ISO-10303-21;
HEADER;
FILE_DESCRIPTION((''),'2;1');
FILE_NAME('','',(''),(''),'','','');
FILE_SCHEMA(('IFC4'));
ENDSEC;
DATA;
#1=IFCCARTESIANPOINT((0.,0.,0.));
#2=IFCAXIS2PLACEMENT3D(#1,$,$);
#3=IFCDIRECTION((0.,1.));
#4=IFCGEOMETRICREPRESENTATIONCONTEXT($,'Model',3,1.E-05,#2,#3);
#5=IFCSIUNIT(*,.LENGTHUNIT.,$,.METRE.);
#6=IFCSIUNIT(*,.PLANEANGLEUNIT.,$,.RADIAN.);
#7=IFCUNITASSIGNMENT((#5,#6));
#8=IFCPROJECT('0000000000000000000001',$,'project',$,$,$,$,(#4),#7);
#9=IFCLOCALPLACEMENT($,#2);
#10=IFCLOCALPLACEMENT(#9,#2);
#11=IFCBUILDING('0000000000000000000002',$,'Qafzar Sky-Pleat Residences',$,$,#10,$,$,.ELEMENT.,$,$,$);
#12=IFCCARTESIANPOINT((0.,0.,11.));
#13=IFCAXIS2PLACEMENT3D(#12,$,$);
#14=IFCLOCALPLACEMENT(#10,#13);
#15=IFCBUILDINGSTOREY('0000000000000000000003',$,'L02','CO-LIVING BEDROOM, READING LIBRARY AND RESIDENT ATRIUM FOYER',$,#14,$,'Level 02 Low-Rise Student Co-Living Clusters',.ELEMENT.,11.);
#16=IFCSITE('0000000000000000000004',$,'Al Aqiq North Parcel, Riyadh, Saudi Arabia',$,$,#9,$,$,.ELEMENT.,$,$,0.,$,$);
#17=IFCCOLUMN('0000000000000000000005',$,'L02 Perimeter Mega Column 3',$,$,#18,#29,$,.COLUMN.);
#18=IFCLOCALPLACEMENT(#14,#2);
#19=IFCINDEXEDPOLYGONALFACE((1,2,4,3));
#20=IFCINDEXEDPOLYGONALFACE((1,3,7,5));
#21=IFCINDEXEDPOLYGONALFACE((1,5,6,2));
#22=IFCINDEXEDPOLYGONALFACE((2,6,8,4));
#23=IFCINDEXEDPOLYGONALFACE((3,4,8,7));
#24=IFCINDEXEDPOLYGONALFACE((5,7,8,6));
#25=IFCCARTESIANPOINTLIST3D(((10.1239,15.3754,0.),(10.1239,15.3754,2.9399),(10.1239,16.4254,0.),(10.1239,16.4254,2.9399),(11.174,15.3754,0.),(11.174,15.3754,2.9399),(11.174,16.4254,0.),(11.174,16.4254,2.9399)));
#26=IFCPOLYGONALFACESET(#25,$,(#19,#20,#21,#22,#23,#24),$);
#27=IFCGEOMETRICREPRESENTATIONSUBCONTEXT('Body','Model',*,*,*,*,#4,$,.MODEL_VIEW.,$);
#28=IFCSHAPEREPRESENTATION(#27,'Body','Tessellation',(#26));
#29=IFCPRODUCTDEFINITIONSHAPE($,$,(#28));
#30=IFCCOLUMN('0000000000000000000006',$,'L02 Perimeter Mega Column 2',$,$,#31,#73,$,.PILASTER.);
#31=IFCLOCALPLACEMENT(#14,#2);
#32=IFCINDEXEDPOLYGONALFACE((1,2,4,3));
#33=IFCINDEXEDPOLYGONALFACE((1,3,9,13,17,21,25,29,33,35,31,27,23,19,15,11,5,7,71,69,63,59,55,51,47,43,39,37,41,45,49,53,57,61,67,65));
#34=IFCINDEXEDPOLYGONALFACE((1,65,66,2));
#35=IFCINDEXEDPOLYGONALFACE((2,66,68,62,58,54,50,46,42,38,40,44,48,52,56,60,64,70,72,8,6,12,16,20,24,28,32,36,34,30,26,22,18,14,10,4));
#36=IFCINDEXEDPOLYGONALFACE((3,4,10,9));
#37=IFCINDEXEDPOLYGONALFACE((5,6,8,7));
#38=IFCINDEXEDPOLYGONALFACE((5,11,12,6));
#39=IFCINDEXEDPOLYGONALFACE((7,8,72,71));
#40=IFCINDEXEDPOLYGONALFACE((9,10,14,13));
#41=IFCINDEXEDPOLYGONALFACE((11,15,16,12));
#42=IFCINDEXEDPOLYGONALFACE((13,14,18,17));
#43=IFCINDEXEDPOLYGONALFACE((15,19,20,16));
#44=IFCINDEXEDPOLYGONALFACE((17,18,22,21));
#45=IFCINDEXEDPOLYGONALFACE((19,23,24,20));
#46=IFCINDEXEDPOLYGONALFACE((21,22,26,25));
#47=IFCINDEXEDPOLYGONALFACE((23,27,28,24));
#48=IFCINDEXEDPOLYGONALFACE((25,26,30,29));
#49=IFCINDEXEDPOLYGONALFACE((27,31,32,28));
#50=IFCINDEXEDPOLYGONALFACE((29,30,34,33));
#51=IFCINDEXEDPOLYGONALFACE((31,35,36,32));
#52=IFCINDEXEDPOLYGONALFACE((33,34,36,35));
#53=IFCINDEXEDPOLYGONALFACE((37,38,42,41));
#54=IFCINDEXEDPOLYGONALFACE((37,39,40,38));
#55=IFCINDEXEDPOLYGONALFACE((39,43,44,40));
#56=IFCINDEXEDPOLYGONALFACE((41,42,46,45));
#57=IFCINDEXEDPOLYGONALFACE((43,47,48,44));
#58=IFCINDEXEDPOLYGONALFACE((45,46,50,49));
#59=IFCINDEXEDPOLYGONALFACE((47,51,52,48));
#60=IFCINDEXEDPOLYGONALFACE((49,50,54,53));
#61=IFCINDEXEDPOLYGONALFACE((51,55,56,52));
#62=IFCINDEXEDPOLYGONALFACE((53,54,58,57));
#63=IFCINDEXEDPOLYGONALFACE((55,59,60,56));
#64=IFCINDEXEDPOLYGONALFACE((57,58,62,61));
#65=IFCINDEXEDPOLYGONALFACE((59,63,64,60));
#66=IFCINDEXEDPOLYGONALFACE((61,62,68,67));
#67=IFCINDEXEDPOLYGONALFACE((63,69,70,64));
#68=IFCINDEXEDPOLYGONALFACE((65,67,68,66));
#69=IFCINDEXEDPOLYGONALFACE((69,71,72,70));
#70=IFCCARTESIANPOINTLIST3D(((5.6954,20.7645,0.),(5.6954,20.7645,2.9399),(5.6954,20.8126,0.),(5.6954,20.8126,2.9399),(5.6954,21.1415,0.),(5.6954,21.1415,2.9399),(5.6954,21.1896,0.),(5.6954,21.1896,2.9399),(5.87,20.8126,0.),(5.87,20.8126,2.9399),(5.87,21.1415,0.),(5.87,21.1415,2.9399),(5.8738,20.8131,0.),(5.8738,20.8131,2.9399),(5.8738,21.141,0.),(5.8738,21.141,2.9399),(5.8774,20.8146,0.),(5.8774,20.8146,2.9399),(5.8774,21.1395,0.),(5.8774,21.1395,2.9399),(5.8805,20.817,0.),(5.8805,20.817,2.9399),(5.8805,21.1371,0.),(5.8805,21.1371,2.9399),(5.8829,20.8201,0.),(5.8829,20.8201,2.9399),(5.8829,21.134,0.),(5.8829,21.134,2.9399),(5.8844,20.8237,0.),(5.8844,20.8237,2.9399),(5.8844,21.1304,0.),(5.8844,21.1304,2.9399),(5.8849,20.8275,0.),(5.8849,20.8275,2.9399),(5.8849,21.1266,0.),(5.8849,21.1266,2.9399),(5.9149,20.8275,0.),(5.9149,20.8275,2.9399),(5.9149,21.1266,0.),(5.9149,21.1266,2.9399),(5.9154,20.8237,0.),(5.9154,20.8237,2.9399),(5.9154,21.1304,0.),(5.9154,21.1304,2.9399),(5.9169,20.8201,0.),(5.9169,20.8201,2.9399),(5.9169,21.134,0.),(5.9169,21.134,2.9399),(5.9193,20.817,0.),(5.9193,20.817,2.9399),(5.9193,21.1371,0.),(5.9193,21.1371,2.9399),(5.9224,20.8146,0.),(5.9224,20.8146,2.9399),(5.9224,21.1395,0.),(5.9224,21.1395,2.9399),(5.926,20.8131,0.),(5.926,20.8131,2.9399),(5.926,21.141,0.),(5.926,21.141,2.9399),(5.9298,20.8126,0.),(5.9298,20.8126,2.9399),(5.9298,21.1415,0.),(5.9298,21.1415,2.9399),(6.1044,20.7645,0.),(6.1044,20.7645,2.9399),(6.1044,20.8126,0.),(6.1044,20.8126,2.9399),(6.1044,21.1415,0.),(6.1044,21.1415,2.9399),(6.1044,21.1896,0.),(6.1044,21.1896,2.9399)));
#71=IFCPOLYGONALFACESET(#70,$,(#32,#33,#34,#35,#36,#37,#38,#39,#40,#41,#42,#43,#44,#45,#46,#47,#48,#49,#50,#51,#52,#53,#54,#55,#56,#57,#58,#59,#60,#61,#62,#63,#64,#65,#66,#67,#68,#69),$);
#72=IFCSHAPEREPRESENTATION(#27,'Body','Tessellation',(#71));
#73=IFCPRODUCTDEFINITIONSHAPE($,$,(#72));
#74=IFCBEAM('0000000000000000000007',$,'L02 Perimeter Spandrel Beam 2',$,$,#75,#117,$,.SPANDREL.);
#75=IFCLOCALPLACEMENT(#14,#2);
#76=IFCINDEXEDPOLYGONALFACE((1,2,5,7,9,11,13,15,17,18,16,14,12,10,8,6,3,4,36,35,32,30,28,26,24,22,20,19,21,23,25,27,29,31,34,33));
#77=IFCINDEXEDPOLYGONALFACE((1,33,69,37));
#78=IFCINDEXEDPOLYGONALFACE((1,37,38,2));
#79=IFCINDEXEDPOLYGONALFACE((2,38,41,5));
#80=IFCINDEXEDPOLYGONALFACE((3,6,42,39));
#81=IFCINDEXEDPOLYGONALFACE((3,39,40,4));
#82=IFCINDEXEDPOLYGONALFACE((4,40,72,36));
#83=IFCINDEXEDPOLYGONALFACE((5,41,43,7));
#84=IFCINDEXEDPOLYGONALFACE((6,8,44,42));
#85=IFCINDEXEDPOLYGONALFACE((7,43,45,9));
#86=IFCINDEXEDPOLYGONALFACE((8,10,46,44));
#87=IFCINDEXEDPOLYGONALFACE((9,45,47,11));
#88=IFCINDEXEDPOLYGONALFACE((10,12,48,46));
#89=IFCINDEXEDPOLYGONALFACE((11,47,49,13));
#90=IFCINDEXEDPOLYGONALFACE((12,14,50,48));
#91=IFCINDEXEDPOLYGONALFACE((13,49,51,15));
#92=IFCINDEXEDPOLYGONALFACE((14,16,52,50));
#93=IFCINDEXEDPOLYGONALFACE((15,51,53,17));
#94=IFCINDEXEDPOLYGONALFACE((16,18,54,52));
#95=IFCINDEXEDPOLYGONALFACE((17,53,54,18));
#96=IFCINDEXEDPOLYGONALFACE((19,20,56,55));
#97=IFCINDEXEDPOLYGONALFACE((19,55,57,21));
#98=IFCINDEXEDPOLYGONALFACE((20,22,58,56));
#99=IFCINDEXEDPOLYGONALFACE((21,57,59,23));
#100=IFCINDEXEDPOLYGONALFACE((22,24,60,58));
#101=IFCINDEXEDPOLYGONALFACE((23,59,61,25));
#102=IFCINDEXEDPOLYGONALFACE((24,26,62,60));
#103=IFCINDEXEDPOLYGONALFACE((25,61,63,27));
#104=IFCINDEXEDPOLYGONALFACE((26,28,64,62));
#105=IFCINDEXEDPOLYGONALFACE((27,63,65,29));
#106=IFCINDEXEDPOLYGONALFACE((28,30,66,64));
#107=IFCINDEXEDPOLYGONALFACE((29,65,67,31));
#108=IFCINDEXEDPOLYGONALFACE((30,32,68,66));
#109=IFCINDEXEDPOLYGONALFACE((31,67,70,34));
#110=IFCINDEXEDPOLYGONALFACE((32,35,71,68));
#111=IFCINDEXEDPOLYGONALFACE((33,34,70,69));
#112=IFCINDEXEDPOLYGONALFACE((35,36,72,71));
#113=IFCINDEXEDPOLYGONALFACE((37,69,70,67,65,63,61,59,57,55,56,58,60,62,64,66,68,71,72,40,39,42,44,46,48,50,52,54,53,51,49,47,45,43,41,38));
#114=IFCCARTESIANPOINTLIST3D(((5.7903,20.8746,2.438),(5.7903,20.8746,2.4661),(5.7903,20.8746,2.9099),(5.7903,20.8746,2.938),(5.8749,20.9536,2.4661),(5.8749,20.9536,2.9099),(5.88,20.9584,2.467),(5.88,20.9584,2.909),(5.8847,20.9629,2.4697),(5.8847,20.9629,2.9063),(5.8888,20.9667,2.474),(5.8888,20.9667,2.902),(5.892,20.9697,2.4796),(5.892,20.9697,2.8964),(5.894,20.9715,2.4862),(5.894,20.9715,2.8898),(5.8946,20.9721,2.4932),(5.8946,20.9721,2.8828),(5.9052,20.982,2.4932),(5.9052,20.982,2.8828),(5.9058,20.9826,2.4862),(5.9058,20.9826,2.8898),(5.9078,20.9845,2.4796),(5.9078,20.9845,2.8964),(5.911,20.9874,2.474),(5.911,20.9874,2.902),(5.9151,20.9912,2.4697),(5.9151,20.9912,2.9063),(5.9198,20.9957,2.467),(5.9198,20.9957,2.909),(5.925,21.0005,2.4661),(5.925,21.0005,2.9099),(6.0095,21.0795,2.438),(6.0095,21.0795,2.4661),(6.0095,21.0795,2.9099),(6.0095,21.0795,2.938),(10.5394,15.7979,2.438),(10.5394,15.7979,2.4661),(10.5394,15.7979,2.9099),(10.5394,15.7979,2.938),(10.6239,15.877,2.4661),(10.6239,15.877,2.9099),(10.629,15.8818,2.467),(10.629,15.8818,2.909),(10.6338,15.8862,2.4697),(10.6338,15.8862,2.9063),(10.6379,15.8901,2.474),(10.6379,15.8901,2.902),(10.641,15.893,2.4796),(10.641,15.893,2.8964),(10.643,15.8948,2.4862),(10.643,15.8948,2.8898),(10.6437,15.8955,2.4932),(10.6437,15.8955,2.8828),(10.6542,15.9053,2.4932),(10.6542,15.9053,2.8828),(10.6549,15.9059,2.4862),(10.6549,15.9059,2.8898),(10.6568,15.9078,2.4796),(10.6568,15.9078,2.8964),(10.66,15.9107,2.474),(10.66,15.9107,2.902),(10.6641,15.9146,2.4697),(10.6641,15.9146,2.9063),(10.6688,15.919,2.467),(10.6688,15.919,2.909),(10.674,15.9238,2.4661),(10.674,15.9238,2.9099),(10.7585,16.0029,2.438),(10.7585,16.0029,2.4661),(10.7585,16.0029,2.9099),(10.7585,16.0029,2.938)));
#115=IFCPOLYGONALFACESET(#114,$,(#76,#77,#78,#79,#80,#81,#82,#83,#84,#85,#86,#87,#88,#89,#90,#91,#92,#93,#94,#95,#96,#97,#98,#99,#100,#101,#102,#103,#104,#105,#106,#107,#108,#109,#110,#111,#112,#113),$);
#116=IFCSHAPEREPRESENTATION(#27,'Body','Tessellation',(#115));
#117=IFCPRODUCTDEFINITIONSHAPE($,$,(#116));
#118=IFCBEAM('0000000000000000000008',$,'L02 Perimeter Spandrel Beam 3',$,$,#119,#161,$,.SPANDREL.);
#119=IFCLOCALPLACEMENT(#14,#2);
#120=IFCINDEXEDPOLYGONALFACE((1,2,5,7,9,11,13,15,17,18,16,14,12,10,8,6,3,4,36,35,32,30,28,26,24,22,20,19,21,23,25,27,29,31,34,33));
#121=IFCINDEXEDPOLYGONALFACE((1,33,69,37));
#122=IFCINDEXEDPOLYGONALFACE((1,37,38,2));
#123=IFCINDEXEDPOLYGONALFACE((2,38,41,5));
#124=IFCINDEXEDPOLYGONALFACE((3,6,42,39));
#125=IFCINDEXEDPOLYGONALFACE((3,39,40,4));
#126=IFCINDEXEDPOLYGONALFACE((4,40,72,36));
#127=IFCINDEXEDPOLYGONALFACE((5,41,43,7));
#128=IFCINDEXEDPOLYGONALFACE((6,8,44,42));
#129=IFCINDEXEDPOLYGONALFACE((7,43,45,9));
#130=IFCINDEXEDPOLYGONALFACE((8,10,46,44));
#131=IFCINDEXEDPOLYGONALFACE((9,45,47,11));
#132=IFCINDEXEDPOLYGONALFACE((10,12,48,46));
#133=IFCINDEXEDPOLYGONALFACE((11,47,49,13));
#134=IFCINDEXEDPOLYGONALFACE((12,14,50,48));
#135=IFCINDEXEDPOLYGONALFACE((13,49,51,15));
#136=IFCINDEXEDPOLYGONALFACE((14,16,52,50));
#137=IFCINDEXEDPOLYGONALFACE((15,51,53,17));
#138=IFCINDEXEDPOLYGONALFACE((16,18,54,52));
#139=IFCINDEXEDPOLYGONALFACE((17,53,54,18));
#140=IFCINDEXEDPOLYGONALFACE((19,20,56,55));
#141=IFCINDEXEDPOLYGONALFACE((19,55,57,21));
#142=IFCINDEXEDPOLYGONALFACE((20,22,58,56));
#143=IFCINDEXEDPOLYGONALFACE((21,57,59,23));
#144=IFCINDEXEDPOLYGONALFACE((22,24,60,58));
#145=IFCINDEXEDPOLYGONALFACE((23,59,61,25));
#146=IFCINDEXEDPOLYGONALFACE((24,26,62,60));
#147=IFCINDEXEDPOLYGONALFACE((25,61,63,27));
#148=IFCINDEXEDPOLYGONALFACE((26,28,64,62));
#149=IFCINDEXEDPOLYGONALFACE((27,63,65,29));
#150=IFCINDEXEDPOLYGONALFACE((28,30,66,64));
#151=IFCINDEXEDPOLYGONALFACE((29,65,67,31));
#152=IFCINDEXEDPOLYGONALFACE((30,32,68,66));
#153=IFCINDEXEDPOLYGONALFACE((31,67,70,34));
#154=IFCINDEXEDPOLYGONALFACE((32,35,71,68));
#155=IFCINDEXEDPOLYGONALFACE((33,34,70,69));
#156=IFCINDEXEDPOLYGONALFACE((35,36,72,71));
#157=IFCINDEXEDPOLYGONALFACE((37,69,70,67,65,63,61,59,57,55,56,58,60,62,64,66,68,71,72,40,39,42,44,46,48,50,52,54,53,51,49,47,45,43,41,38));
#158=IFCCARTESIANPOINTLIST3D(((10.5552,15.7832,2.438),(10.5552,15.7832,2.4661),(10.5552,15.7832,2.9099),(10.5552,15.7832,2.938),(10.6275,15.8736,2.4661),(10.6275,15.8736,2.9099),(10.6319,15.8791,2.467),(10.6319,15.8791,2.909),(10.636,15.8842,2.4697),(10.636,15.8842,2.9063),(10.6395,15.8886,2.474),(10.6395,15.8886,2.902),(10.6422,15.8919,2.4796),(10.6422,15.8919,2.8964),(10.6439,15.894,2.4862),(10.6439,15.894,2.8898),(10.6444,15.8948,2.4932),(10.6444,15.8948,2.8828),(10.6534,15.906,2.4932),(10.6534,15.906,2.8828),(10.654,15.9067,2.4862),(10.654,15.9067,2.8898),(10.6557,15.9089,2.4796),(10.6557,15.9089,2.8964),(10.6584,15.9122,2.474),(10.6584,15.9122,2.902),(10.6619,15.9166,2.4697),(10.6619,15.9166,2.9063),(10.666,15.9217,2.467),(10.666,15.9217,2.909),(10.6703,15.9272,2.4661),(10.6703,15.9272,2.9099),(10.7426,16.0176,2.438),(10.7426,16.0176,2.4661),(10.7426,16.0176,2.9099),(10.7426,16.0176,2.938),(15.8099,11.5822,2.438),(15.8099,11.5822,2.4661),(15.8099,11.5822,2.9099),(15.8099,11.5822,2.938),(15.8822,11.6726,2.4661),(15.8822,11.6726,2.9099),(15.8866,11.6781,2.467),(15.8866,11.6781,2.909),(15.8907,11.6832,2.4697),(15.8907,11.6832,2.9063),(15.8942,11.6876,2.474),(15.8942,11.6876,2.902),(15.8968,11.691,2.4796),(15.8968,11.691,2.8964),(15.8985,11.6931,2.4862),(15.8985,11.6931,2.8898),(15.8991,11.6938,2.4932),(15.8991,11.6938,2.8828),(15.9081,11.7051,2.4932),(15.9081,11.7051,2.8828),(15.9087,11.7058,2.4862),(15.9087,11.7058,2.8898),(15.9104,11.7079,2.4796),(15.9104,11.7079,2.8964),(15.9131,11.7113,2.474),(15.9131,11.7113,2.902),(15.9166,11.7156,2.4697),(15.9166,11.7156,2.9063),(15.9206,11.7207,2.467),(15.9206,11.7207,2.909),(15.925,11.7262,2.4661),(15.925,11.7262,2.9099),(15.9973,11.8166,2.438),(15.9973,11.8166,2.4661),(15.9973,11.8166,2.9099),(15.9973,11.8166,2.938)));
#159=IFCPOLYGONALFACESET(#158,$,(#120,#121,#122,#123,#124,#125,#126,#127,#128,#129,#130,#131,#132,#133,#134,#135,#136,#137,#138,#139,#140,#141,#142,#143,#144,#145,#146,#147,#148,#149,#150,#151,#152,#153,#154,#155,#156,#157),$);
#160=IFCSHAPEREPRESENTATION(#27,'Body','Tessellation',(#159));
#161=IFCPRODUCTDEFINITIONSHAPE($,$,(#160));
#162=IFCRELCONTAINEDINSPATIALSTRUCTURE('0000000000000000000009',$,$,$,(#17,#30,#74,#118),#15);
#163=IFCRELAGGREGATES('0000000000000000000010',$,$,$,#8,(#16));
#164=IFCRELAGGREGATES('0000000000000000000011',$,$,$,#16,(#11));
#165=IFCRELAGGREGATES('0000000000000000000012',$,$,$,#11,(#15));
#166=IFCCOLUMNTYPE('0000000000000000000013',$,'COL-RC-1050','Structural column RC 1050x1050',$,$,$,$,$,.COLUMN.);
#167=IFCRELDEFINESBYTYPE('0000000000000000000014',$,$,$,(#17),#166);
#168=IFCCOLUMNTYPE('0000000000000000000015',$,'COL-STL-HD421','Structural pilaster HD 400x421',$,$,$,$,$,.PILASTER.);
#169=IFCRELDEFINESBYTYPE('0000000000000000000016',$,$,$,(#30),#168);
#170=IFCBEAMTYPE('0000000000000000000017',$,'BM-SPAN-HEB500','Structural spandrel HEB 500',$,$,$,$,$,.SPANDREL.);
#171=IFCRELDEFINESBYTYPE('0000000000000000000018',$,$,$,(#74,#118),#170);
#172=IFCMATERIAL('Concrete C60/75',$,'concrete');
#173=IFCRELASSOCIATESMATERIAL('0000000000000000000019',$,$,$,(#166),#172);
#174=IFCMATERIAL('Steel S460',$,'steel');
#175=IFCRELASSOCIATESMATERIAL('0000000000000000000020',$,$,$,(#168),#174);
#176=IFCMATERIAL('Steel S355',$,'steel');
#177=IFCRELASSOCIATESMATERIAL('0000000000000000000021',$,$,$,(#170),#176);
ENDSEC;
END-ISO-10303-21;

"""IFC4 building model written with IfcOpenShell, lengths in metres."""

from ifc_helpers import new_model, si_unit, direction, frame, origin, origin_2d, place, context, subcontext, project, spatial, rectangle, i_section, extrude, source, transform, mapped, material, material_profile, profile_set, type_object, element, save


model = new_model("IFC4")

# Units and contexts
model_context = context("Model", 3, precision=1e-05, world=origin(), true_north=direction((0.0, 1.0)))
body_context = subcontext(model_context, "Body", "Model", "MODEL_VIEW")
ifc_project = project(units=[si_unit("LENGTHUNIT", "METRE"), si_unit("PLANEANGLEUNIT", "RADIAN")], contexts=[model_context])

# Site, building, storey
site_placement = place(None, origin())
site = spatial("IfcSite", under=ifc_project, at=site_placement, Name="Al Aqiq North Parcel, Riyadh, Saudi Arabia", CompositionType="ELEMENT", RefElevation=0.0)
building_placement = place(site_placement, origin())
building = spatial("IfcBuilding", under=site, at=building_placement, Name="Qafzar Sky-Pleat Residences", CompositionType="ELEMENT")
storey_placement = place(building_placement, frame((0.0, 0.0, 11.0)))
storey = spatial("IfcBuildingStorey", under=building, at=storey_placement, Name="L02", Description="CO-LIVING BEDROOM, READING LIBRARY AND RESIDENT ATRIUM FOYER", LongName="Level 02 Low-Rise Student Co-Living Clusters", CompositionType="ELEMENT", Elevation=11.0)

# Columns
ifc_material_1 = material(Name="Concrete C60/75", Category="concrete")
ifc_material_profile_1 = material_profile(ifc_material_1, rectangle(XDim=1.05, YDim=1.05, at=origin_2d()), Name="RC 1050x1050")
ifc_profile_set_1 = profile_set([ifc_material_profile_1], Name="Concrete C60/75")
column_type_1 = type_object("IfcColumnType", Name="COL-RC-1050", Description="Structural column RC 1050x1050", PredefinedType="COLUMN", material=ifc_profile_set_1)
shared_shape_1 = source(origin(), body_context, "Body", "SweptSolid", [
    extrude(rectangle(XDim=1.05, YDim=1.05, at=origin_2d()), origin(), (0.0, 0.0, 1.0), 2.9399),
])
column_1_placement = place(storey_placement, frame((10.6489, 15.9004, 0.0), z_axis=(0.0, 0.0, 1.0), x_axis=(1.0, 0.0, 0.0)))
element("IfcColumn", 1, at=column_1_placement, inside=storey, type_object=column_type_1, Name="L02 Perimeter Mega Column 3", PredefinedType="COLUMN", context=body_context, shape_type="MappedRepresentation", body=[
    mapped(shared_shape_1, transform((0.0, 0.0, 0.0), x_axis=(1.0, 0.0, 0.0), y_axis=(0.0, 1.0, 0.0), z_axis=(0.0, 0.0, 1.0), scale=1.0)),
])
ifc_material_2 = material(Name="Steel S460", Category="steel")
ifc_material_profile_2 = material_profile(ifc_material_2, i_section(OverallWidth=0.4089, OverallDepth=0.425, WebThickness=0.03, FlangeThickness=0.0481, FilletRadius=0.0149, at=origin_2d()), Name="HD 400x421")
ifc_profile_set_2 = profile_set([ifc_material_profile_2], Name="Steel S460")
column_type_2 = type_object("IfcColumnType", Name="COL-STL-HD421", Description="Structural pilaster HD 400x421", PredefinedType="PILASTER", material=ifc_profile_set_2)
shared_shape_2 = source(origin(), body_context, "Body", "SweptSolid", [
    extrude(i_section(OverallWidth=0.4089, OverallDepth=0.425, WebThickness=0.03, FlangeThickness=0.0481, FilletRadius=0.0149, at=origin_2d()), origin(), (0.0, 0.0, 1.0), 2.9399),
])
column_2_placement = place(storey_placement, frame((5.8999, 20.9771, 0.0), z_axis=(0.0, 0.0, 1.0), x_axis=(1.0, 0.0, 0.0)))
element("IfcColumn", 2, at=column_2_placement, inside=storey, type_object=column_type_2, Name="L02 Perimeter Mega Column 2", PredefinedType="PILASTER", context=body_context, shape_type="MappedRepresentation", body=[
    mapped(shared_shape_2, transform((0.0, 0.0, 0.0), x_axis=(1.0, 0.0, 0.0), y_axis=(0.0, 1.0, 0.0), z_axis=(0.0, 0.0, 1.0), scale=1.0)),
])

# Beams
ifc_material_3 = material(Name="Steel S355", Category="steel")
ifc_material_profile_3 = material_profile(ifc_material_3, i_section(OverallWidth=0.3, OverallDepth=0.5, WebThickness=0.0144, FlangeThickness=0.0281, FilletRadius=0.0271, at=origin_2d()), Name="HEB 500")
ifc_profile_set_3 = profile_set([ifc_material_profile_3], Name="Steel S355")
beam_type_1 = type_object("IfcBeamType", Name="BM-SPAN-HEB500", Description="Structural spandrel HEB 500", PredefinedType="SPANDREL", material=ifc_profile_set_3)
shared_shape_3 = source(origin(), body_context, "Body", "SweptSolid", [
    extrude(i_section(OverallWidth=0.3, OverallDepth=0.5, WebThickness=0.0144, FlangeThickness=0.0281, FilletRadius=0.0271, at=origin_2d()), origin(), (0.0, 0.0, 1.0), 6.9517),
])
beam_1_placement = place(storey_placement, frame((5.8999, 20.9771, 2.688), z_axis=(0.683149, -0.730279, 0.0), x_axis=(0.730279, 0.683149, 0.0)))
element("IfcBeam", 3, at=beam_1_placement, inside=storey, type_object=beam_type_1, Name="L02 Perimeter Spandrel Beam 2", PredefinedType="SPANDREL", context=body_context, shape_type="MappedRepresentation", body=[
    mapped(shared_shape_3, transform((0.0, 0.0, 0.0), x_axis=(1.0, 0.0, 0.0), y_axis=(0.0, 1.0, 0.0), z_axis=(0.0, 0.0, 1.0), scale=1.0)),
])
shared_shape_4 = source(origin(), body_context, "Body", "SweptSolid", [
    extrude(i_section(OverallWidth=0.3, OverallDepth=0.5, WebThickness=0.0144, FlangeThickness=0.0281, FilletRadius=0.0271, at=origin_2d()), origin(), (0.0, 0.0, 1.0), 6.7275),
])
beam_2_placement = place(storey_placement, frame((10.6489, 15.9004, 2.688), z_axis=(0.781071, -0.624443, 0.0), x_axis=(0.624443, 0.781071, 0.0)))
element("IfcBeam", 4, at=beam_2_placement, inside=storey, type_object=beam_type_1, Name="L02 Perimeter Spandrel Beam 3", PredefinedType="SPANDREL", context=body_context, shape_type="MappedRepresentation", body=[
    mapped(shared_shape_4, transform((0.0, 0.0, 0.0), x_axis=(1.0, 0.0, 0.0), y_axis=(0.0, 1.0, 0.0), z_axis=(0.0, 0.0, 1.0), scale=1.0)),
])

save(model, "model.ifc")
